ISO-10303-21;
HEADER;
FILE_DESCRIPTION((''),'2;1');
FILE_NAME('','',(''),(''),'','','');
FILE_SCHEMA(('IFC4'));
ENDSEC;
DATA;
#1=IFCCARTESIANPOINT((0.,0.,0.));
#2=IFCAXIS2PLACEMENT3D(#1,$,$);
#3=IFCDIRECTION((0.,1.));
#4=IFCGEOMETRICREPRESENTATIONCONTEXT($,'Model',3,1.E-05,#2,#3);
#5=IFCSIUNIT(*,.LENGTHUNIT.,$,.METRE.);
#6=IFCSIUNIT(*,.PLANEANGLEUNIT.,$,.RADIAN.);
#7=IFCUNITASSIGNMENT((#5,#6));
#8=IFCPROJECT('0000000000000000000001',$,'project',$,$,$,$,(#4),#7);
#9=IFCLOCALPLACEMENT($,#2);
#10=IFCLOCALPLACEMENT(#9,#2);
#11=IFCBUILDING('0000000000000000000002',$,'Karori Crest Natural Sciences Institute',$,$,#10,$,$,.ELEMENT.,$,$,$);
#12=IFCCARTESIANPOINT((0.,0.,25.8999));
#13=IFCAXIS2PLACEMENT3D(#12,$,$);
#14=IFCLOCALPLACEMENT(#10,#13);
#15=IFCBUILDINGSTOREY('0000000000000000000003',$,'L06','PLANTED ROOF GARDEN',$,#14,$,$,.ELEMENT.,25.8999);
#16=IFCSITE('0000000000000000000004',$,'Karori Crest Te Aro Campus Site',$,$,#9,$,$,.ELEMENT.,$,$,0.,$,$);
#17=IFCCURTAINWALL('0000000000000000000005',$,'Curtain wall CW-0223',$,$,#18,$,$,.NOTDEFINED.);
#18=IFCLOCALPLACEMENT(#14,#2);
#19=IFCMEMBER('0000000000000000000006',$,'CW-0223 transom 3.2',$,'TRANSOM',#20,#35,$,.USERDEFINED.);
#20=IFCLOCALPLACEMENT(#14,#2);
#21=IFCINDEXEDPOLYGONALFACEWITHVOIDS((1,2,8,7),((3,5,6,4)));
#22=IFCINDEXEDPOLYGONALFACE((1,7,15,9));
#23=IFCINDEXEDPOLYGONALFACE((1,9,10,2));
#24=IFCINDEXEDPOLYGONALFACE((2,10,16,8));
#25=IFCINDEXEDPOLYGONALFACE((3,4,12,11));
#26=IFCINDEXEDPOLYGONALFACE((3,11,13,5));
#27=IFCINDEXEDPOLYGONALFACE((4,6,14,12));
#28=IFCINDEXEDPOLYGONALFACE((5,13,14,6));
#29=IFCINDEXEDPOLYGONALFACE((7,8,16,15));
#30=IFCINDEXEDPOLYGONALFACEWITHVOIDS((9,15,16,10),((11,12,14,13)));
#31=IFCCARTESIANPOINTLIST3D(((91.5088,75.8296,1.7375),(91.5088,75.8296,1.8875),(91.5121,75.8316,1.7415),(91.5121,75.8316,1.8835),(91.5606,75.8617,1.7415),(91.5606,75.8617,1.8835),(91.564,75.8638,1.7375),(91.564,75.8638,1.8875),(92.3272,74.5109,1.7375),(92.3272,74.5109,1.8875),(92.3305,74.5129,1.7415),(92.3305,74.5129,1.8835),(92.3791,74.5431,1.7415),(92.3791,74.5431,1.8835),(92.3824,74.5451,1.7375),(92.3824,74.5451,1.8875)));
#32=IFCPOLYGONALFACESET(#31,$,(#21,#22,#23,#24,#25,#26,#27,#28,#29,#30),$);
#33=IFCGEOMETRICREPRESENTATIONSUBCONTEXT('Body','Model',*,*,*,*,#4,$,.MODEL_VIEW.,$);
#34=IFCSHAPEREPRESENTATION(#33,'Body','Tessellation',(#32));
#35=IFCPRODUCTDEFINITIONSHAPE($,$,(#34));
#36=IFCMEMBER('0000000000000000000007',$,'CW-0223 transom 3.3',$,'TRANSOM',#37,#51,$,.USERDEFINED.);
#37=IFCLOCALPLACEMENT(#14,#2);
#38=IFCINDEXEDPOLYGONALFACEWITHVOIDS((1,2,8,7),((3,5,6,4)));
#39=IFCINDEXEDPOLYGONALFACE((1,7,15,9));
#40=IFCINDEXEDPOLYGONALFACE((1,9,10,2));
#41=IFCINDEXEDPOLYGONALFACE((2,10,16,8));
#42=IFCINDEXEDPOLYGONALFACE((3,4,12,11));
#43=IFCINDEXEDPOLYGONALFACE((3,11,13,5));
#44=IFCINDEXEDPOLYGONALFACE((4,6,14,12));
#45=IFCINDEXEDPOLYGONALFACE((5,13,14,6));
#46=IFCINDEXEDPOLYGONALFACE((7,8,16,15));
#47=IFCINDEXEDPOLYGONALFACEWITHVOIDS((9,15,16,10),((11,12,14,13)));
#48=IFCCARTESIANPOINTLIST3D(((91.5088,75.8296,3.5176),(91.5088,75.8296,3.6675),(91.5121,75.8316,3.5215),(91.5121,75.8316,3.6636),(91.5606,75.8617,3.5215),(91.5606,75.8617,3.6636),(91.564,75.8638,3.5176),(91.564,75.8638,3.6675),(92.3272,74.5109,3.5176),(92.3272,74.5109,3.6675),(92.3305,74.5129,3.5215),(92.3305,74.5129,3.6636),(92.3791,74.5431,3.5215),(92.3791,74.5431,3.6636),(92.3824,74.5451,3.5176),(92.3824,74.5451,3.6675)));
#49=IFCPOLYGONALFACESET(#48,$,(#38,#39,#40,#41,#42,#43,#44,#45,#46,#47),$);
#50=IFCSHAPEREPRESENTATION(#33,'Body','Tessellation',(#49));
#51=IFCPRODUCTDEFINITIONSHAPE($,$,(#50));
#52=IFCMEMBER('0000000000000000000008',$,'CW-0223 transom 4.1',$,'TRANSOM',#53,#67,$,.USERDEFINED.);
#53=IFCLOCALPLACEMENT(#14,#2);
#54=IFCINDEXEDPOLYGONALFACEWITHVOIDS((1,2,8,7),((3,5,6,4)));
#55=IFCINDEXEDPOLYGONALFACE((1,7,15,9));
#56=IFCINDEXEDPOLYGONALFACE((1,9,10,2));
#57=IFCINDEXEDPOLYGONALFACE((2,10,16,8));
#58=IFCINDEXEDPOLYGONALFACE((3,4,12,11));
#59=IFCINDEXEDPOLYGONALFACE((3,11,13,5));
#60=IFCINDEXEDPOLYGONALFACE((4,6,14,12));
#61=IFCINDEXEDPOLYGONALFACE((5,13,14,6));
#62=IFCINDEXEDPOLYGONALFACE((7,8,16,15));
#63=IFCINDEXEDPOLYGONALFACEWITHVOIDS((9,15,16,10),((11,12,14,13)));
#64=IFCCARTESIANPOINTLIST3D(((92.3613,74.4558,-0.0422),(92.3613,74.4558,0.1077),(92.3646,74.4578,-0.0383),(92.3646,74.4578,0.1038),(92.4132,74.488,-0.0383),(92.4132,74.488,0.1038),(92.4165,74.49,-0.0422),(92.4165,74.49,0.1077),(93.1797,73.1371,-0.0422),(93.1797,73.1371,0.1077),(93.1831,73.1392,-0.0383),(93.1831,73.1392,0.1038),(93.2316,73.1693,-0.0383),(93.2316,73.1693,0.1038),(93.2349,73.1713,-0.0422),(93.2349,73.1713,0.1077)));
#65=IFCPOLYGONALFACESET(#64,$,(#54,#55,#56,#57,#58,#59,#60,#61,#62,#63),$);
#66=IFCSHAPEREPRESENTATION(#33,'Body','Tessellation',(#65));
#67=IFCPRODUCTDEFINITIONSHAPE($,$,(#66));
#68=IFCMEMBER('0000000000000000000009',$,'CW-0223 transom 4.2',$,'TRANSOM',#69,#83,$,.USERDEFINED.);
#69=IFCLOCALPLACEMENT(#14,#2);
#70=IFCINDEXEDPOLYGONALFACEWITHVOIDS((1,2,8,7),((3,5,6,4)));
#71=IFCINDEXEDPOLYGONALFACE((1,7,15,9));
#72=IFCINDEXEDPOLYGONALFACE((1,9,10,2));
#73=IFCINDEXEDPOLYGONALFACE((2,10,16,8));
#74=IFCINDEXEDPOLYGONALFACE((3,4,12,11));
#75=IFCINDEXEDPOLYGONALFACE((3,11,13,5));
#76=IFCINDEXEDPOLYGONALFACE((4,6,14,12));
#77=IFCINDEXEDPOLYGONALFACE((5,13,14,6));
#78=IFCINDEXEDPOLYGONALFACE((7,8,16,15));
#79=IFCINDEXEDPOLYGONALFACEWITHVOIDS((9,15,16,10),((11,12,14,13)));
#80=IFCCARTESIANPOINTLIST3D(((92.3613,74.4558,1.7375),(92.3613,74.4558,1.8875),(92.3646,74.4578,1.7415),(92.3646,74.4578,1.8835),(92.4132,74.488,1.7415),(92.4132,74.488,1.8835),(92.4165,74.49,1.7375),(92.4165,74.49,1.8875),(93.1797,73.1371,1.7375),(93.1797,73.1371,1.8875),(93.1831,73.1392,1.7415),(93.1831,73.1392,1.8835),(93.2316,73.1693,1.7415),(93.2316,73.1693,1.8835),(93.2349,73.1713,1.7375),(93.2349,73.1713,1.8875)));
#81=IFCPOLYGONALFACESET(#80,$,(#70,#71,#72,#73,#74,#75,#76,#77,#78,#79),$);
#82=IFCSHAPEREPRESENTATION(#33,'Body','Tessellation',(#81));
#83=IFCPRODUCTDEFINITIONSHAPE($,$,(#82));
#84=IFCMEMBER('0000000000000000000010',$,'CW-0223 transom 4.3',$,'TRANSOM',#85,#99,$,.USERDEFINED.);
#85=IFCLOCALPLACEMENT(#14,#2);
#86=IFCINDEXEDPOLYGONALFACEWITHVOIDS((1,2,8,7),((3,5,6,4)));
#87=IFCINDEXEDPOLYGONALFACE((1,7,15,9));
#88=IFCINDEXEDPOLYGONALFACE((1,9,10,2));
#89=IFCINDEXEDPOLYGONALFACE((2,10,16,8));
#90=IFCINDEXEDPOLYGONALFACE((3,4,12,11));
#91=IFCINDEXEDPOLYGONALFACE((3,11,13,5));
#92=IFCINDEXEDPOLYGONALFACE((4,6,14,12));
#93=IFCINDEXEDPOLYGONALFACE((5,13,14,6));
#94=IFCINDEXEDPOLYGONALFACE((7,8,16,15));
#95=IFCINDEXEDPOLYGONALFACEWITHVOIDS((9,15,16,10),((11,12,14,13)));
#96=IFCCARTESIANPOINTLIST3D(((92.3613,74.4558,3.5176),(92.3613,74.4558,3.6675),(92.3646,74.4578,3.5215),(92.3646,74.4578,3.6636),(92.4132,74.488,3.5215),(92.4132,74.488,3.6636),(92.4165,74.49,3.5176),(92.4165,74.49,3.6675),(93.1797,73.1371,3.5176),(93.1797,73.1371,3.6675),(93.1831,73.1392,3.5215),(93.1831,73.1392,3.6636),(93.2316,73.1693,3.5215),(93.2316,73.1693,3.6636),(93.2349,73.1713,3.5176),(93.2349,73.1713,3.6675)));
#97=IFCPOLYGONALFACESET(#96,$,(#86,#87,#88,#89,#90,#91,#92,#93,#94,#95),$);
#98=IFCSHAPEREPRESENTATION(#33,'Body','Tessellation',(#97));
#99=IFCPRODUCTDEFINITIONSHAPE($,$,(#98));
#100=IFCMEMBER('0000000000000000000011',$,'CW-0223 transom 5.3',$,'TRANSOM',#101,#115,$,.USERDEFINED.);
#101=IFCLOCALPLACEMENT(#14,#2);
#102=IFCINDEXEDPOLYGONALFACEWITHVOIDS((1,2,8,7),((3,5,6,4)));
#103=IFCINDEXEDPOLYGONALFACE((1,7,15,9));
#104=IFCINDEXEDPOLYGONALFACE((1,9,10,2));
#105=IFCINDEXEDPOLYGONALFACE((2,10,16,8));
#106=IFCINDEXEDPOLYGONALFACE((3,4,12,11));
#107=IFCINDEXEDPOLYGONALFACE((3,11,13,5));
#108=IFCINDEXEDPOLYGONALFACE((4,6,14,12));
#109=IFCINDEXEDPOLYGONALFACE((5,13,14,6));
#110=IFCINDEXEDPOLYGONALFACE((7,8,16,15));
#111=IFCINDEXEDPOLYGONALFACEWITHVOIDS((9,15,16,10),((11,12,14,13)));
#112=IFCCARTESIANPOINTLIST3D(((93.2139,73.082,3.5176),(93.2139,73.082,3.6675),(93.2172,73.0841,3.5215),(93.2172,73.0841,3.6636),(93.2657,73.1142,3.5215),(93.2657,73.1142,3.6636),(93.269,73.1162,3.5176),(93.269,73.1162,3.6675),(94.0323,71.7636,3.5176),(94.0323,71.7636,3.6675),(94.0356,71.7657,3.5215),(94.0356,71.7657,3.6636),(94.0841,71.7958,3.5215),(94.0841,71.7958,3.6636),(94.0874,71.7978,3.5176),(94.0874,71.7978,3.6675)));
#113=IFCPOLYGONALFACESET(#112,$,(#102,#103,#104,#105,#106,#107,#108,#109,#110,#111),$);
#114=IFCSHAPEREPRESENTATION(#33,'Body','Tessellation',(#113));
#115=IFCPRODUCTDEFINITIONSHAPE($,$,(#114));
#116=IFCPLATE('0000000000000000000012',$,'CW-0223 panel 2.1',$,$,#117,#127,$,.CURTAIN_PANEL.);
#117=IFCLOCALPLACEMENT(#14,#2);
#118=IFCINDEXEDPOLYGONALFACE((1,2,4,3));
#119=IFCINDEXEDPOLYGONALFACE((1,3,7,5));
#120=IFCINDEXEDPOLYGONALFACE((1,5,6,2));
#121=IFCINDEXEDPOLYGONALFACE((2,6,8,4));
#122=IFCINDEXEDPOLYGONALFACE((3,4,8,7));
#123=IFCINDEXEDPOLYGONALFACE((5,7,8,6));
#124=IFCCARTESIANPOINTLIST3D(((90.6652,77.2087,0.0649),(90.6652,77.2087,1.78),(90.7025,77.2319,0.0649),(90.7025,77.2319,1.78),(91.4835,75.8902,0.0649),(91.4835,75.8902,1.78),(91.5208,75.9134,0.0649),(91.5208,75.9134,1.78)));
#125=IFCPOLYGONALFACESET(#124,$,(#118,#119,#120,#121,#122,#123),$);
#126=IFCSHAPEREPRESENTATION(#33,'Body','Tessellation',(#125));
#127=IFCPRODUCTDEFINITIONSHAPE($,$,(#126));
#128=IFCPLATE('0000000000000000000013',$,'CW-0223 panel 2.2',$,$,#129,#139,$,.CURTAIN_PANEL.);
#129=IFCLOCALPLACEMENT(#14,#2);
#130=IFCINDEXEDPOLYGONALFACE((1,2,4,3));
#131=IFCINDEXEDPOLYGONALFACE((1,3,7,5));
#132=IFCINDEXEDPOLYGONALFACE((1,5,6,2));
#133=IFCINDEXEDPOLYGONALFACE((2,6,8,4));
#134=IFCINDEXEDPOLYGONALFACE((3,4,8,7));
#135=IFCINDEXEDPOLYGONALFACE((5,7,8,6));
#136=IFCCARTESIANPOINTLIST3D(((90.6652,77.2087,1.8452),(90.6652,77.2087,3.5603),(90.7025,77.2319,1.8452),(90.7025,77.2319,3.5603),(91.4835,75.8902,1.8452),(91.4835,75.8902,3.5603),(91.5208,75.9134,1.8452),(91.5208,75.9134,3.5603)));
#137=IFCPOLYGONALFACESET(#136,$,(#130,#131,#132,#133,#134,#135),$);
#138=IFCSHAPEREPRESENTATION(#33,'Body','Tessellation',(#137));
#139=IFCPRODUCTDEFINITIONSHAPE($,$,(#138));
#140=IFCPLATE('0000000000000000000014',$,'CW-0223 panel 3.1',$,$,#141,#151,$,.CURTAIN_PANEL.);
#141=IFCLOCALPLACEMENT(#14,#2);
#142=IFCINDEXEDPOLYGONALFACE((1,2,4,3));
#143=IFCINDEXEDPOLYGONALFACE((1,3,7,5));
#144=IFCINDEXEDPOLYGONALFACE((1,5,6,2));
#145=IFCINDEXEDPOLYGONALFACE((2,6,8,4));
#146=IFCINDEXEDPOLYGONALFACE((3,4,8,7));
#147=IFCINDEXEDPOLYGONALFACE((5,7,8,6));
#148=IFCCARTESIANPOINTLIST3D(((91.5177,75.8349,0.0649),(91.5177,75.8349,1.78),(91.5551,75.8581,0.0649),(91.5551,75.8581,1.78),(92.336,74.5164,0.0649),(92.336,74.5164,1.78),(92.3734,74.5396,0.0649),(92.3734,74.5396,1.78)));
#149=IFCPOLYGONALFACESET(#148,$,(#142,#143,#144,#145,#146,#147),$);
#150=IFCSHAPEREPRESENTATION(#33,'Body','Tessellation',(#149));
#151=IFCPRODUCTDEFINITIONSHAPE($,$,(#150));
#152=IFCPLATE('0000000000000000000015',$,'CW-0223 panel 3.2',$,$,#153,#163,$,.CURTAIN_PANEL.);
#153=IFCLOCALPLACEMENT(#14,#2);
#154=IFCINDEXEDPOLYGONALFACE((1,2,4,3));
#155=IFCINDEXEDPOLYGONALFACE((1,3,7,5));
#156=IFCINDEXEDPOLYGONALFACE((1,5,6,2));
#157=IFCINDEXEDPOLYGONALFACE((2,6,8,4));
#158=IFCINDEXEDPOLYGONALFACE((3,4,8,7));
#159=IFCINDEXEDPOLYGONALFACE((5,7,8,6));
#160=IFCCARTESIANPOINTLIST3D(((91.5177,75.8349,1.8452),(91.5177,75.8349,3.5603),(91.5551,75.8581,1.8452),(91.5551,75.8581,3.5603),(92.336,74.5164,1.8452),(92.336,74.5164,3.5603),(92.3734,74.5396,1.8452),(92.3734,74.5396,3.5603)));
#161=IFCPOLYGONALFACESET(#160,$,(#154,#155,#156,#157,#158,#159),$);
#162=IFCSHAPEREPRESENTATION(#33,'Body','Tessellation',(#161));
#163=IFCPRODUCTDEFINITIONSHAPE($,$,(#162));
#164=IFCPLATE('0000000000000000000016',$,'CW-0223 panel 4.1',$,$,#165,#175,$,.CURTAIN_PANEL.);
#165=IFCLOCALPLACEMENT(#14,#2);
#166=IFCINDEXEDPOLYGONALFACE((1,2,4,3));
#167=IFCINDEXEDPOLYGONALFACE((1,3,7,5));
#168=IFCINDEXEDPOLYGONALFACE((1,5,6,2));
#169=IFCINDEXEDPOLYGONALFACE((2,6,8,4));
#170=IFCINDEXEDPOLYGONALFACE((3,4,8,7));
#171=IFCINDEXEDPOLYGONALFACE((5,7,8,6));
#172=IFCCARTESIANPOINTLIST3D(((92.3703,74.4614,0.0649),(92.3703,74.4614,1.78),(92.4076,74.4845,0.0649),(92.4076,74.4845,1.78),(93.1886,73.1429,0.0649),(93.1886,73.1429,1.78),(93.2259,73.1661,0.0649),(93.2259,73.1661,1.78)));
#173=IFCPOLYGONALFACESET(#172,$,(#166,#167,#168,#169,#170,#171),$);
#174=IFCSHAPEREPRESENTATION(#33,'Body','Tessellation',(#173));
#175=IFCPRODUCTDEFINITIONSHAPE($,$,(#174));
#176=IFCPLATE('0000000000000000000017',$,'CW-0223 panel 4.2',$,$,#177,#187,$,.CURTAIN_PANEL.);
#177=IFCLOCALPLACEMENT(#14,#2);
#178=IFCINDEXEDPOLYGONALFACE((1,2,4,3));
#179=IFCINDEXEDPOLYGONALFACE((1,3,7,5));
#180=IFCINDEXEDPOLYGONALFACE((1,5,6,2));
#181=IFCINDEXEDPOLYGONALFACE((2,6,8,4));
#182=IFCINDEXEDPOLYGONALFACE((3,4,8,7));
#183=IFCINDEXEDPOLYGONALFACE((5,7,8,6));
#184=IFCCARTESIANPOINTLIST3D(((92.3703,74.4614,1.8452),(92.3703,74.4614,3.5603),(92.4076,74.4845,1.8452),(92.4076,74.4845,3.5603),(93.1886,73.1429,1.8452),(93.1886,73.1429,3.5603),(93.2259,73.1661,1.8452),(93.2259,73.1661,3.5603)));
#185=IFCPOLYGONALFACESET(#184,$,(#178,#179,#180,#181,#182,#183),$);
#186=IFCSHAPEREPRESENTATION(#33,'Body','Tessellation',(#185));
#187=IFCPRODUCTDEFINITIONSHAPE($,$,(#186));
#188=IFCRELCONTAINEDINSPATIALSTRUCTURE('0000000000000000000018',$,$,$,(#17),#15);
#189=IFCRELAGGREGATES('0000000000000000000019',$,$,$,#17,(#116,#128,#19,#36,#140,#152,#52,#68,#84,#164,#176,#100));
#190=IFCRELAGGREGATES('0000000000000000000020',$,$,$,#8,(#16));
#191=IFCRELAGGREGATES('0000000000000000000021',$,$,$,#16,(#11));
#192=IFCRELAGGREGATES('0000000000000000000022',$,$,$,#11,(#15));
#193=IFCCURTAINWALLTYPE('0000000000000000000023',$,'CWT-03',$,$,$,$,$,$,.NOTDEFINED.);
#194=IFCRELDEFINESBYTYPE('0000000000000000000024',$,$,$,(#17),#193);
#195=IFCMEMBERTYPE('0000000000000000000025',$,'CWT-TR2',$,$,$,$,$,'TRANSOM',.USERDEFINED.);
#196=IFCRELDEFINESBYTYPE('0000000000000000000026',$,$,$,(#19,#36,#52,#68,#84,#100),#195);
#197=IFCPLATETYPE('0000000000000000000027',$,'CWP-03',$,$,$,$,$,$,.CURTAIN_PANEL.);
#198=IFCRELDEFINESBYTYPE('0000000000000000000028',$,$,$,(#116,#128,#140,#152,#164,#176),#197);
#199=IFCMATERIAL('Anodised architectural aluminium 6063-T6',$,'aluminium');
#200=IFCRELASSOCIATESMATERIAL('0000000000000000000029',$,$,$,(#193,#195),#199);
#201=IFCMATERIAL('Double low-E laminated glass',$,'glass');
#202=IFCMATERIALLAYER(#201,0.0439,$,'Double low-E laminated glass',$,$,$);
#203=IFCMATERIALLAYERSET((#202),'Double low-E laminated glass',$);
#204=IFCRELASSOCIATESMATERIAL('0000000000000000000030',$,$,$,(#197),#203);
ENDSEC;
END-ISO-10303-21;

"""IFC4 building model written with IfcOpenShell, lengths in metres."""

from ifc_helpers import new_model, si_unit, direction, frame, origin, origin_2d, place, context, subcontext, project, spatial, rectangle, hollow_rectangle, extrude, material, layer, layer_set, material_profile, profile_set, type_object, element, aggregate, save


model = new_model("IFC4")

# Units and contexts
model_context = context("Model", 3, precision=1e-05, world=origin(), true_north=direction((0.0, 1.0)))
body_context = subcontext(model_context, "Body", "Model", "MODEL_VIEW")
ifc_project = project(units=[si_unit("LENGTHUNIT", "METRE"), si_unit("PLANEANGLEUNIT", "RADIAN")], contexts=[model_context])

# Site, building, storey
site_placement = place(None, origin())
site = spatial("IfcSite", under=ifc_project, at=site_placement, Name="Karori Crest Te Aro Campus Site", CompositionType="ELEMENT", RefElevation=0.0)
building_placement = place(site_placement, origin())
building = spatial("IfcBuilding", under=site, at=building_placement, Name="Karori Crest Natural Sciences Institute", CompositionType="ELEMENT")
storey_placement = place(building_placement, frame((0.0, 0.0, 25.8999)))
storey = spatial("IfcBuildingStorey", under=building, at=storey_placement, Name="L06", Description="PLANTED ROOF GARDEN", CompositionType="ELEMENT", Elevation=25.8999)

# Curtain wall, members, plates
ifc_material_1 = material(Name="Anodised architectural aluminium 6063-T6", Category="aluminium")
curtain_wall_type = type_object("IfcCurtainWallType", Name="CWT-03", PredefinedType="NOTDEFINED", material=ifc_material_1)
curtain_wall_placement = place(storey_placement, origin())
curtain_wall = element("IfcCurtainWall", 1, at=curtain_wall_placement, inside=storey, type_object=curtain_wall_type, Name="Curtain wall CW-0223", PredefinedType="NOTDEFINED")
ifc_material_profile_1 = material_profile(ifc_material_1, hollow_rectangle(XDim=0.0649, YDim=0.1499, WallThickness=0.0039, at=origin_2d()), Name="CWT150x65x4")
ifc_profile_set_1 = profile_set([ifc_material_profile_1], Name="Anodised architectural aluminium 6063-T6")
member_type_1 = type_object("IfcMemberType", Name="CWT-TR2", ElementType="TRANSOM", PredefinedType="USERDEFINED", material=ifc_profile_set_1)
member_1_placement = place(storey_placement, frame((91.5364, 75.8467, 1.8125), z_axis=(0.527324, -0.849664, 0.0), x_axis=(0.849664, 0.527324, 0.0)))
member_1 = element("IfcMember", 2, at=member_1_placement, type_object=member_type_1, Name="CW-0223 transom 3.2", ObjectType="TRANSOM", PredefinedType="USERDEFINED", context=body_context, shape_type="SweptSolid", body=[
    extrude(hollow_rectangle(XDim=0.0649, YDim=0.1499, WallThickness=0.0039, at=origin_2d()), origin(), (0.0, 0.0, 1.0), 1.552),
])
member_2_placement = place(storey_placement, frame((91.5364, 75.8467, 3.5925), z_axis=(0.527324, -0.849664, 0.0), x_axis=(0.849664, 0.527324, 0.0)))
member_2 = element("IfcMember", 3, at=member_2_placement, type_object=member_type_1, Name="CW-0223 transom 3.3", ObjectType="TRANSOM", PredefinedType="USERDEFINED", context=body_context, shape_type="SweptSolid", body=[
    extrude(hollow_rectangle(XDim=0.0649, YDim=0.1499, WallThickness=0.0039, at=origin_2d()), origin(), (0.0, 0.0, 1.0), 1.552),
])
member_3_placement = place(storey_placement, frame((92.3889, 74.4729, 0.0327), z_axis=(0.527324, -0.849664, 0.0), x_axis=(0.849664, 0.527324, 0.0)))
member_3 = element("IfcMember", 4, at=member_3_placement, type_object=member_type_1, Name="CW-0223 transom 4.1", ObjectType="TRANSOM", PredefinedType="USERDEFINED", context=body_context, shape_type="SweptSolid", body=[
    extrude(hollow_rectangle(XDim=0.0649, YDim=0.1499, WallThickness=0.0039, at=origin_2d()), origin(), (0.0, 0.0, 1.0), 1.552),
])
member_4_placement = place(storey_placement, frame((92.3889, 74.4729, 1.8125), z_axis=(0.527324, -0.849664, 0.0), x_axis=(0.849664, 0.527324, 0.0)))
member_4 = element("IfcMember", 5, at=member_4_placement, type_object=member_type_1, Name="CW-0223 transom 4.2", ObjectType="TRANSOM", PredefinedType="USERDEFINED", context=body_context, shape_type="SweptSolid", body=[
    extrude(hollow_rectangle(XDim=0.0649, YDim=0.1499, WallThickness=0.0039, at=origin_2d()), origin(), (0.0, 0.0, 1.0), 1.552),
])
member_5_placement = place(storey_placement, frame((92.3889, 74.4729, 3.5925), z_axis=(0.527324, -0.849664, 0.0), x_axis=(0.849664, 0.527324, 0.0)))
member_5 = element("IfcMember", 6, at=member_5_placement, type_object=member_type_1, Name="CW-0223 transom 4.3", ObjectType="TRANSOM", PredefinedType="USERDEFINED", context=body_context, shape_type="SweptSolid", body=[
    extrude(hollow_rectangle(XDim=0.0649, YDim=0.1499, WallThickness=0.0039, at=origin_2d()), origin(), (0.0, 0.0, 1.0), 1.552),
])
member_6_placement = place(storey_placement, frame((93.2415, 73.0991, 3.5925), z_axis=(0.527394, -0.849621, 0.0), x_axis=(0.849621, 0.527394, 0.0)))
member_6 = element("IfcMember", 7, at=member_6_placement, type_object=member_type_1, Name="CW-0223 transom 5.3", ObjectType="TRANSOM", PredefinedType="USERDEFINED", context=body_context, shape_type="SweptSolid", body=[
    extrude(hollow_rectangle(XDim=0.0649, YDim=0.1499, WallThickness=0.0039, at=origin_2d()), origin(), (0.0, 0.0, 1.0), 1.5518),
])
ifc_material_2 = material(Name="Double low-E laminated glass", Category="glass")
ifc_layer_1 = layer(ifc_material_2, 0.0439, Name="Double low-E laminated glass")
ifc_layer_set_1 = layer_set([ifc_layer_1], Name="Double low-E laminated glass")
plate_type = type_object("IfcPlateType", Name="CWP-03", PredefinedType="CURTAIN_PANEL", material=ifc_layer_set_1)
plate_1_placement = place(storey_placement, frame((91.093, 76.561, 0.0649), z_axis=(0.0, 0.0, 1.0), x_axis=(0.527328, -0.849662, 0.0)))
plate_1 = element("IfcPlate", 8, at=plate_1_placement, type_object=plate_type, Name="CW-0223 panel 2.1", PredefinedType="CURTAIN_PANEL", context=body_context, shape_type="SweptSolid", body=[
    extrude(rectangle(XDim=1.5518, YDim=0.0439, at=origin_2d()), origin(), (0.0, 0.0, 1.0), 1.7151),
])
plate_2_placement = place(storey_placement, frame((91.093, 76.561, 1.8452), z_axis=(0.0, 0.0, 1.0), x_axis=(0.527328, -0.849662, 0.0)))
plate_2 = element("IfcPlate", 9, at=plate_2_placement, type_object=plate_type, Name="CW-0223 panel 2.2", PredefinedType="CURTAIN_PANEL", context=body_context, shape_type="SweptSolid", body=[
    extrude(rectangle(XDim=1.5518, YDim=0.0439, at=origin_2d()), origin(), (0.0, 0.0, 1.0), 1.7151),
])
plate_3_placement = place(storey_placement, frame((91.9456, 75.1873, 0.0649), z_axis=(0.0, 0.0, 1.0), x_axis=(0.527328, -0.849662, 0.0)))
plate_3 = element("IfcPlate", 10, at=plate_3_placement, type_object=plate_type, Name="CW-0223 panel 3.1", PredefinedType="CURTAIN_PANEL", context=body_context, shape_type="SweptSolid", body=[
    extrude(rectangle(XDim=1.5518, YDim=0.0439, at=origin_2d()), origin(), (0.0, 0.0, 1.0), 1.7151),
])
plate_4_placement = place(storey_placement, frame((91.9456, 75.1873, 1.8452), z_axis=(0.0, 0.0, 1.0), x_axis=(0.527328, -0.849662, 0.0)))
plate_4 = element("IfcPlate", 11, at=plate_4_placement, type_object=plate_type, Name="CW-0223 panel 3.2", PredefinedType="CURTAIN_PANEL", context=body_context, shape_type="SweptSolid", body=[
    extrude(rectangle(XDim=1.5518, YDim=0.0439, at=origin_2d()), origin(), (0.0, 0.0, 1.0), 1.7151),
])
plate_5_placement = place(storey_placement, frame((92.7981, 73.8137, 0.0649), z_axis=(0.0, 0.0, 1.0), x_axis=(0.527328, -0.849662, 0.0)))
plate_5 = element("IfcPlate", 12, at=plate_5_placement, type_object=plate_type, Name="CW-0223 panel 4.1", PredefinedType="CURTAIN_PANEL", context=body_context, shape_type="SweptSolid", body=[
    extrude(rectangle(XDim=1.5518, YDim=0.0439, at=origin_2d()), origin(), (0.0, 0.0, 1.0), 1.7151),
])
plate_6_placement = place(storey_placement, frame((92.7981, 73.8137, 1.8452), z_axis=(0.0, 0.0, 1.0), x_axis=(0.527328, -0.849662, 0.0)))
plate_6 = element("IfcPlate", 13, at=plate_6_placement, type_object=plate_type, Name="CW-0223 panel 4.2", PredefinedType="CURTAIN_PANEL", context=body_context, shape_type="SweptSolid", body=[
    extrude(rectangle(XDim=1.5518, YDim=0.0439, at=origin_2d()), origin(), (0.0, 0.0, 1.0), 1.7151),
])
aggregate(curtain_wall, [plate_1, plate_2, member_1, member_2, plate_3, plate_4, member_3, member_4, member_5, plate_5, plate_6, member_6])

save(model, "model.ifc")
